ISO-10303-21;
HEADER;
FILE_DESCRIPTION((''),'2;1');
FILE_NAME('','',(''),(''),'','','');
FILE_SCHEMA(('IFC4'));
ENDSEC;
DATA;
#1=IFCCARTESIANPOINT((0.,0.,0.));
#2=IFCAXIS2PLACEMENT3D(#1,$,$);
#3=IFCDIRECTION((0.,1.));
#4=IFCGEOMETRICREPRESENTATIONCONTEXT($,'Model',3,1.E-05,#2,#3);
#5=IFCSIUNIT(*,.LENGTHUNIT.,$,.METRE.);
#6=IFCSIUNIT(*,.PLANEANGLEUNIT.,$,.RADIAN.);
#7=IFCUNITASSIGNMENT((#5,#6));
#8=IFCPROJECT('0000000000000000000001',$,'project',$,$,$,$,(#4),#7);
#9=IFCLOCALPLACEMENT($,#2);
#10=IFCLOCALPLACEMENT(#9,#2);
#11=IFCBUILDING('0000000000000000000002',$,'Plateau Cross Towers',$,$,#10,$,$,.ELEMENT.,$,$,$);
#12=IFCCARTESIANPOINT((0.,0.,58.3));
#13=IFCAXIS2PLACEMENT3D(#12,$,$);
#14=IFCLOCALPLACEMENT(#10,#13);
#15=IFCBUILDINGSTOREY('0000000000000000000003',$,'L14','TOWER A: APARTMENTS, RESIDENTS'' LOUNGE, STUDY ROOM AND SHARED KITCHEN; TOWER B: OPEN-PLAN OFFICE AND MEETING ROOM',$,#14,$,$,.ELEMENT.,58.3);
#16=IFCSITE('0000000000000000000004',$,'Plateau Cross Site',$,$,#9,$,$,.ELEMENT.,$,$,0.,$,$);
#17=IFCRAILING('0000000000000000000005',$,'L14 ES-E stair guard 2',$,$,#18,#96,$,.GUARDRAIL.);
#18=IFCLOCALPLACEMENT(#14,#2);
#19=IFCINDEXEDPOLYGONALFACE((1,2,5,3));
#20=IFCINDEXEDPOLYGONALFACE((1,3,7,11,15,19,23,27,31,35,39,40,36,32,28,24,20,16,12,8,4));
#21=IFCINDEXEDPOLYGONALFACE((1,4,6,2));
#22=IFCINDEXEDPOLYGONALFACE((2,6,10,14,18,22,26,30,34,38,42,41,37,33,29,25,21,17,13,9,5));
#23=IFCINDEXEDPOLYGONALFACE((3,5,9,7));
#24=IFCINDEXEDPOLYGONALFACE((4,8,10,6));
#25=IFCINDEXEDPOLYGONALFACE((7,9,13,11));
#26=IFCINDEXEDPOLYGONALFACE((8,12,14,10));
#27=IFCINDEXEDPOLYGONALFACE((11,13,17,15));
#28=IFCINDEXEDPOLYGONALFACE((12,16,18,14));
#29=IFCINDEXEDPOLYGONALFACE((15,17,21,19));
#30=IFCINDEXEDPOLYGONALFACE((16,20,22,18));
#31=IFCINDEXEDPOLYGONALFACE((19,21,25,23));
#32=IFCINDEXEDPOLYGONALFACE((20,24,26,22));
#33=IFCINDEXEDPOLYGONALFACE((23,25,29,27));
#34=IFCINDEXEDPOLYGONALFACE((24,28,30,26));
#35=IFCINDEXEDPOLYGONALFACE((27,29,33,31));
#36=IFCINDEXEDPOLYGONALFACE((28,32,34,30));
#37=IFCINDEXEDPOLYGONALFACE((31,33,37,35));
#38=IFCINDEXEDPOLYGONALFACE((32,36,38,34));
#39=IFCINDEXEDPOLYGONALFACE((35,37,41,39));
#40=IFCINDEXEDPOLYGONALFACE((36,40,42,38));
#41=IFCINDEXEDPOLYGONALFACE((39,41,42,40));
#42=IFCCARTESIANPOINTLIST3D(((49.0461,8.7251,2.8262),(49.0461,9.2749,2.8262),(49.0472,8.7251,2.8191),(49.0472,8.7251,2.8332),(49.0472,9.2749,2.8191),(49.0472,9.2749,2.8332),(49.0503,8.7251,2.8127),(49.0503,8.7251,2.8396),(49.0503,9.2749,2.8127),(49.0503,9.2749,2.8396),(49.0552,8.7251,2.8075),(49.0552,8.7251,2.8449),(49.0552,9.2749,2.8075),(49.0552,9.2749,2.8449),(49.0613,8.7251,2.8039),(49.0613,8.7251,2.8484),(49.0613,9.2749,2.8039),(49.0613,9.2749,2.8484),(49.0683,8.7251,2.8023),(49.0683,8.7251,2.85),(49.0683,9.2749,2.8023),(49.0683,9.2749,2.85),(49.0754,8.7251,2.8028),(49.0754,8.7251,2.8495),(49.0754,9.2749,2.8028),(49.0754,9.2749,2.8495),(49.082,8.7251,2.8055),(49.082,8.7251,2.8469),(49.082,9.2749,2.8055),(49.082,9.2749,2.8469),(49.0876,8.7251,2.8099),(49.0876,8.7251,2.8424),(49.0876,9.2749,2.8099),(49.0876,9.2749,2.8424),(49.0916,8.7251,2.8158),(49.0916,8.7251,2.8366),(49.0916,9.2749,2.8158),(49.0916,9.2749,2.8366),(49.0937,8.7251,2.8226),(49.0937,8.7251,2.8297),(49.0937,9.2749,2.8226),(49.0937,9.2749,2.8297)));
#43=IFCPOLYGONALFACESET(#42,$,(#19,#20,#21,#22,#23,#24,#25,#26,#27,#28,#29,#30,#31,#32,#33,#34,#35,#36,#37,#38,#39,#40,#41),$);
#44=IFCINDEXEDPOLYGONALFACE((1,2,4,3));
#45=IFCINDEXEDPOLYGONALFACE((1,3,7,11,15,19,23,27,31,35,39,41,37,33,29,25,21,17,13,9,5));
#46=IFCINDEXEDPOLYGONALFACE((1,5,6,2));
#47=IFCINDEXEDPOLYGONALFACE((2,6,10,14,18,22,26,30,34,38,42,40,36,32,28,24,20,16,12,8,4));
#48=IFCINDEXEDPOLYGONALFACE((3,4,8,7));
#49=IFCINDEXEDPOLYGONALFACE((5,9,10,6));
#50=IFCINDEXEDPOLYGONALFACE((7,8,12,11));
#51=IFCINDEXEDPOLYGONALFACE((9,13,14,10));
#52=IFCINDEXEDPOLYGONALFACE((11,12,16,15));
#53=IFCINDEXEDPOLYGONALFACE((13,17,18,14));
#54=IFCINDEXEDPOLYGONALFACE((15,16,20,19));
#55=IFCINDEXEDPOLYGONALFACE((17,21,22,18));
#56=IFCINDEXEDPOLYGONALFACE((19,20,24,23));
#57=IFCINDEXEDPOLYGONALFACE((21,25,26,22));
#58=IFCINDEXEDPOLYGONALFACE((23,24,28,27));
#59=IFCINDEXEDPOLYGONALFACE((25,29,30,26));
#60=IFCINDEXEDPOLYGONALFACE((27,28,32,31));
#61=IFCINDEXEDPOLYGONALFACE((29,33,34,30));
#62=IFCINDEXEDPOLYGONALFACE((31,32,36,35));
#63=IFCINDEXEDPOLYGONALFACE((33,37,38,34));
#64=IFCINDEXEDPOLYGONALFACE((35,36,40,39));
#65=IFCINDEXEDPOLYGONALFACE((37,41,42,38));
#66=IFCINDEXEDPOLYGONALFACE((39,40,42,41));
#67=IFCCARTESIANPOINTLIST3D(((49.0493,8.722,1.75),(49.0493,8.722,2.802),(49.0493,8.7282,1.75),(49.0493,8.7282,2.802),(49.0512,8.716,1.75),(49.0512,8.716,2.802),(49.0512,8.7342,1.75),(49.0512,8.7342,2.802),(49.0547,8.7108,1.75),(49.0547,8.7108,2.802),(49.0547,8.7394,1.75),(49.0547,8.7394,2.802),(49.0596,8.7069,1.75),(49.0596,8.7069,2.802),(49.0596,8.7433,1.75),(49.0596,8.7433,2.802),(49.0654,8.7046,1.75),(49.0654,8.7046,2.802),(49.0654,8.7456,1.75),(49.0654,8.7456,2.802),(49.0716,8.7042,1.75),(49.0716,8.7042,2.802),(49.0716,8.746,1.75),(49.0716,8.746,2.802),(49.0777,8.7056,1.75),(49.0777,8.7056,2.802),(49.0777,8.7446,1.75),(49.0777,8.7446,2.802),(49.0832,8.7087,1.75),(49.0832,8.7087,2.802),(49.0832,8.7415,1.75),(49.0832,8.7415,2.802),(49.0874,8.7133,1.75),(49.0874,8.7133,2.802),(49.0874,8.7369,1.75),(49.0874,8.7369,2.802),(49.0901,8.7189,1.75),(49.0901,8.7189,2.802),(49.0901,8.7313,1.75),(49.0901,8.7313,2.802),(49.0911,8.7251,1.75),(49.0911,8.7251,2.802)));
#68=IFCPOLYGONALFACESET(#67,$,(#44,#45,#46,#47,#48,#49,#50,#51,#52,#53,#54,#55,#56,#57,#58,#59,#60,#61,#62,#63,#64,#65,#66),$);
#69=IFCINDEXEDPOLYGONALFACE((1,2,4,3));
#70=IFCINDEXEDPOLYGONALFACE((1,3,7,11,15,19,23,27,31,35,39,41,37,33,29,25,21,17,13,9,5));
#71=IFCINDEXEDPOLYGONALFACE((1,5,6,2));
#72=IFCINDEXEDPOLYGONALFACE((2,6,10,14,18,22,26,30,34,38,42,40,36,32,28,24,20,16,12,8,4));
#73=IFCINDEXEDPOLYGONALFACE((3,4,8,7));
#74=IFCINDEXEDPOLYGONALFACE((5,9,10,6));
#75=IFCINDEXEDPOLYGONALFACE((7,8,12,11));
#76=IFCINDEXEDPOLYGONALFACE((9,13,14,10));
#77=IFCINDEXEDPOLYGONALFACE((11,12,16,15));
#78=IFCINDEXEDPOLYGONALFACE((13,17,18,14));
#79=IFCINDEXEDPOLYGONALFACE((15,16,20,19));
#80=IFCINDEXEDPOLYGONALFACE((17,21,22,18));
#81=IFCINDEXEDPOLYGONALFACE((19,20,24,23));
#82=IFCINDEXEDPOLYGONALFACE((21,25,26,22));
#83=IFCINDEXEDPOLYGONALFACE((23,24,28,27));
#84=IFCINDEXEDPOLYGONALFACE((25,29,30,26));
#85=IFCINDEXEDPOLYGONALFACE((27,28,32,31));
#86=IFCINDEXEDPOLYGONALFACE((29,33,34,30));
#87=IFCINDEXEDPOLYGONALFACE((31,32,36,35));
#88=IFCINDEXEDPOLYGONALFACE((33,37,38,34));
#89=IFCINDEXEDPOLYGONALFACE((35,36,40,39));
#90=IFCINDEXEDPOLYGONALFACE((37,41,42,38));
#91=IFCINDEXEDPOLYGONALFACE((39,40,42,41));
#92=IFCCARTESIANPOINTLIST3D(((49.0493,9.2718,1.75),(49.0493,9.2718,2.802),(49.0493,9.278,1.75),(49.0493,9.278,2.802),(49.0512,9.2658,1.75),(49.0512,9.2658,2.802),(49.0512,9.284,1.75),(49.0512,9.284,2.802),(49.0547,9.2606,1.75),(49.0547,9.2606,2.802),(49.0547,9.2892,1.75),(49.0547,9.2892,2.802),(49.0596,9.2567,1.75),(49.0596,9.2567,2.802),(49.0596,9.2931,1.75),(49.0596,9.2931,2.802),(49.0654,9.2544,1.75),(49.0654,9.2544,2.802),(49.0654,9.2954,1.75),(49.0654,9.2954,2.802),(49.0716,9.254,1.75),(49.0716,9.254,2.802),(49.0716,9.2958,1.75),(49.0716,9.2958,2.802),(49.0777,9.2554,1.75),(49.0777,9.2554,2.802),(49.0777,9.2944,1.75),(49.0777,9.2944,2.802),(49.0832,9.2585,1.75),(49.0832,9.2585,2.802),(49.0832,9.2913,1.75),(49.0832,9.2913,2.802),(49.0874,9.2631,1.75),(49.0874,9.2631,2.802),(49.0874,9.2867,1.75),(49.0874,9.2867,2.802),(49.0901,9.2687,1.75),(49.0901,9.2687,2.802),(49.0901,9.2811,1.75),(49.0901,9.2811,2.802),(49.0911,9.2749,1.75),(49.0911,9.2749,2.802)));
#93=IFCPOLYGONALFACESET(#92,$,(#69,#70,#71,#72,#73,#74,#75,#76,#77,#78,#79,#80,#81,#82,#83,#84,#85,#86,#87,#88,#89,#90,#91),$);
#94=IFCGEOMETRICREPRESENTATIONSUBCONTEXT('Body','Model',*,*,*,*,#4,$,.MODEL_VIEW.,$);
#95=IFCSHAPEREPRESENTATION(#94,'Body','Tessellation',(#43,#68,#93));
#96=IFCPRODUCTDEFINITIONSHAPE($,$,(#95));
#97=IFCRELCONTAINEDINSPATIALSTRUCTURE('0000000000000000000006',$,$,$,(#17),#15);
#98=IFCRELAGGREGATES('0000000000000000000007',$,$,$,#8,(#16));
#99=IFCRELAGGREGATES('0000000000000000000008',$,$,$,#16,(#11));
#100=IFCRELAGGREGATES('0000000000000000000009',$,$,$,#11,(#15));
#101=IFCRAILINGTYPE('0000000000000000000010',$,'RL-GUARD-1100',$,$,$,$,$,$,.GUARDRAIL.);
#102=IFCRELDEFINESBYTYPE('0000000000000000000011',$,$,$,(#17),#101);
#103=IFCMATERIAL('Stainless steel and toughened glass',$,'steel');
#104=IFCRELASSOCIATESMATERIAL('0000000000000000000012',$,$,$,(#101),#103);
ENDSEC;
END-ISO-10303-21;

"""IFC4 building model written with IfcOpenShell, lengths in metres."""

from ifc_helpers import new_model, si_unit, direction, frame, origin, origin_2d, place, context, subcontext, project, spatial, circle, extrude, material, type_object, element, save


model = new_model("IFC4")

# Units and contexts
model_context = context("Model", 3, precision=1e-05, world=origin(), true_north=direction((0.0, 1.0)))
body_context = subcontext(model_context, "Body", "Model", "MODEL_VIEW")
ifc_project = project(units=[si_unit("LENGTHUNIT", "METRE"), si_unit("PLANEANGLEUNIT", "RADIAN")], contexts=[model_context])

# Site, building, storey
site_placement = place(None, origin())
site = spatial("IfcSite", under=ifc_project, at=site_placement, Name="Plateau Cross Site", CompositionType="ELEMENT", RefElevation=0.0)
building_placement = place(site_placement, origin())
building = spatial("IfcBuilding", under=site, at=building_placement, Name="Plateau Cross Towers", CompositionType="ELEMENT")
storey_placement = place(building_placement, frame((0.0, 0.0, 58.3)))
storey = spatial("IfcBuildingStorey", under=building, at=storey_placement, Name="L14", Description="TOWER A: APARTMENTS, RESIDENTS' LOUNGE, STUDY ROOM AND SHARED KITCHEN; TOWER B: OPEN-PLAN OFFICE AND MEETING ROOM", CompositionType="ELEMENT", Elevation=58.3)

# Railing
ifc_material_1 = material(Name="Stainless steel and toughened glass", Category="steel")
railing_type_1 = type_object("IfcRailingType", Name="RL-GUARD-1100", PredefinedType="GUARDRAIL", material=ifc_material_1)
railing_1_placement = place(storey_placement, frame((49.0701, 8.7251, 1.75)))
element("IfcRailing", 1, at=railing_1_placement, inside=storey, type_object=railing_type_1, Name="L14 ES-E stair guard 2", PredefinedType="GUARDRAIL", context=body_context, shape_type="SweptSolid", body=[
    extrude(circle(Radius=0.0239, at=origin_2d()), frame((0.0, 0.0, 1.0762), z_axis=(0.0, 1.0, 0.0), x_axis=(-1.0, 0.0, 0.0)), (0.0, 0.0, 1.0), 0.5498),
    extrude(circle(Radius=0.021, at=origin_2d()), origin(), (0.0, 0.0, 1.0), 1.052),
    extrude(circle(Radius=0.021, at=origin_2d()), frame((0.0, 0.5498, 0.0)), (0.0, 0.0, 1.0), 1.052),
])

save(model, "model.ifc")
